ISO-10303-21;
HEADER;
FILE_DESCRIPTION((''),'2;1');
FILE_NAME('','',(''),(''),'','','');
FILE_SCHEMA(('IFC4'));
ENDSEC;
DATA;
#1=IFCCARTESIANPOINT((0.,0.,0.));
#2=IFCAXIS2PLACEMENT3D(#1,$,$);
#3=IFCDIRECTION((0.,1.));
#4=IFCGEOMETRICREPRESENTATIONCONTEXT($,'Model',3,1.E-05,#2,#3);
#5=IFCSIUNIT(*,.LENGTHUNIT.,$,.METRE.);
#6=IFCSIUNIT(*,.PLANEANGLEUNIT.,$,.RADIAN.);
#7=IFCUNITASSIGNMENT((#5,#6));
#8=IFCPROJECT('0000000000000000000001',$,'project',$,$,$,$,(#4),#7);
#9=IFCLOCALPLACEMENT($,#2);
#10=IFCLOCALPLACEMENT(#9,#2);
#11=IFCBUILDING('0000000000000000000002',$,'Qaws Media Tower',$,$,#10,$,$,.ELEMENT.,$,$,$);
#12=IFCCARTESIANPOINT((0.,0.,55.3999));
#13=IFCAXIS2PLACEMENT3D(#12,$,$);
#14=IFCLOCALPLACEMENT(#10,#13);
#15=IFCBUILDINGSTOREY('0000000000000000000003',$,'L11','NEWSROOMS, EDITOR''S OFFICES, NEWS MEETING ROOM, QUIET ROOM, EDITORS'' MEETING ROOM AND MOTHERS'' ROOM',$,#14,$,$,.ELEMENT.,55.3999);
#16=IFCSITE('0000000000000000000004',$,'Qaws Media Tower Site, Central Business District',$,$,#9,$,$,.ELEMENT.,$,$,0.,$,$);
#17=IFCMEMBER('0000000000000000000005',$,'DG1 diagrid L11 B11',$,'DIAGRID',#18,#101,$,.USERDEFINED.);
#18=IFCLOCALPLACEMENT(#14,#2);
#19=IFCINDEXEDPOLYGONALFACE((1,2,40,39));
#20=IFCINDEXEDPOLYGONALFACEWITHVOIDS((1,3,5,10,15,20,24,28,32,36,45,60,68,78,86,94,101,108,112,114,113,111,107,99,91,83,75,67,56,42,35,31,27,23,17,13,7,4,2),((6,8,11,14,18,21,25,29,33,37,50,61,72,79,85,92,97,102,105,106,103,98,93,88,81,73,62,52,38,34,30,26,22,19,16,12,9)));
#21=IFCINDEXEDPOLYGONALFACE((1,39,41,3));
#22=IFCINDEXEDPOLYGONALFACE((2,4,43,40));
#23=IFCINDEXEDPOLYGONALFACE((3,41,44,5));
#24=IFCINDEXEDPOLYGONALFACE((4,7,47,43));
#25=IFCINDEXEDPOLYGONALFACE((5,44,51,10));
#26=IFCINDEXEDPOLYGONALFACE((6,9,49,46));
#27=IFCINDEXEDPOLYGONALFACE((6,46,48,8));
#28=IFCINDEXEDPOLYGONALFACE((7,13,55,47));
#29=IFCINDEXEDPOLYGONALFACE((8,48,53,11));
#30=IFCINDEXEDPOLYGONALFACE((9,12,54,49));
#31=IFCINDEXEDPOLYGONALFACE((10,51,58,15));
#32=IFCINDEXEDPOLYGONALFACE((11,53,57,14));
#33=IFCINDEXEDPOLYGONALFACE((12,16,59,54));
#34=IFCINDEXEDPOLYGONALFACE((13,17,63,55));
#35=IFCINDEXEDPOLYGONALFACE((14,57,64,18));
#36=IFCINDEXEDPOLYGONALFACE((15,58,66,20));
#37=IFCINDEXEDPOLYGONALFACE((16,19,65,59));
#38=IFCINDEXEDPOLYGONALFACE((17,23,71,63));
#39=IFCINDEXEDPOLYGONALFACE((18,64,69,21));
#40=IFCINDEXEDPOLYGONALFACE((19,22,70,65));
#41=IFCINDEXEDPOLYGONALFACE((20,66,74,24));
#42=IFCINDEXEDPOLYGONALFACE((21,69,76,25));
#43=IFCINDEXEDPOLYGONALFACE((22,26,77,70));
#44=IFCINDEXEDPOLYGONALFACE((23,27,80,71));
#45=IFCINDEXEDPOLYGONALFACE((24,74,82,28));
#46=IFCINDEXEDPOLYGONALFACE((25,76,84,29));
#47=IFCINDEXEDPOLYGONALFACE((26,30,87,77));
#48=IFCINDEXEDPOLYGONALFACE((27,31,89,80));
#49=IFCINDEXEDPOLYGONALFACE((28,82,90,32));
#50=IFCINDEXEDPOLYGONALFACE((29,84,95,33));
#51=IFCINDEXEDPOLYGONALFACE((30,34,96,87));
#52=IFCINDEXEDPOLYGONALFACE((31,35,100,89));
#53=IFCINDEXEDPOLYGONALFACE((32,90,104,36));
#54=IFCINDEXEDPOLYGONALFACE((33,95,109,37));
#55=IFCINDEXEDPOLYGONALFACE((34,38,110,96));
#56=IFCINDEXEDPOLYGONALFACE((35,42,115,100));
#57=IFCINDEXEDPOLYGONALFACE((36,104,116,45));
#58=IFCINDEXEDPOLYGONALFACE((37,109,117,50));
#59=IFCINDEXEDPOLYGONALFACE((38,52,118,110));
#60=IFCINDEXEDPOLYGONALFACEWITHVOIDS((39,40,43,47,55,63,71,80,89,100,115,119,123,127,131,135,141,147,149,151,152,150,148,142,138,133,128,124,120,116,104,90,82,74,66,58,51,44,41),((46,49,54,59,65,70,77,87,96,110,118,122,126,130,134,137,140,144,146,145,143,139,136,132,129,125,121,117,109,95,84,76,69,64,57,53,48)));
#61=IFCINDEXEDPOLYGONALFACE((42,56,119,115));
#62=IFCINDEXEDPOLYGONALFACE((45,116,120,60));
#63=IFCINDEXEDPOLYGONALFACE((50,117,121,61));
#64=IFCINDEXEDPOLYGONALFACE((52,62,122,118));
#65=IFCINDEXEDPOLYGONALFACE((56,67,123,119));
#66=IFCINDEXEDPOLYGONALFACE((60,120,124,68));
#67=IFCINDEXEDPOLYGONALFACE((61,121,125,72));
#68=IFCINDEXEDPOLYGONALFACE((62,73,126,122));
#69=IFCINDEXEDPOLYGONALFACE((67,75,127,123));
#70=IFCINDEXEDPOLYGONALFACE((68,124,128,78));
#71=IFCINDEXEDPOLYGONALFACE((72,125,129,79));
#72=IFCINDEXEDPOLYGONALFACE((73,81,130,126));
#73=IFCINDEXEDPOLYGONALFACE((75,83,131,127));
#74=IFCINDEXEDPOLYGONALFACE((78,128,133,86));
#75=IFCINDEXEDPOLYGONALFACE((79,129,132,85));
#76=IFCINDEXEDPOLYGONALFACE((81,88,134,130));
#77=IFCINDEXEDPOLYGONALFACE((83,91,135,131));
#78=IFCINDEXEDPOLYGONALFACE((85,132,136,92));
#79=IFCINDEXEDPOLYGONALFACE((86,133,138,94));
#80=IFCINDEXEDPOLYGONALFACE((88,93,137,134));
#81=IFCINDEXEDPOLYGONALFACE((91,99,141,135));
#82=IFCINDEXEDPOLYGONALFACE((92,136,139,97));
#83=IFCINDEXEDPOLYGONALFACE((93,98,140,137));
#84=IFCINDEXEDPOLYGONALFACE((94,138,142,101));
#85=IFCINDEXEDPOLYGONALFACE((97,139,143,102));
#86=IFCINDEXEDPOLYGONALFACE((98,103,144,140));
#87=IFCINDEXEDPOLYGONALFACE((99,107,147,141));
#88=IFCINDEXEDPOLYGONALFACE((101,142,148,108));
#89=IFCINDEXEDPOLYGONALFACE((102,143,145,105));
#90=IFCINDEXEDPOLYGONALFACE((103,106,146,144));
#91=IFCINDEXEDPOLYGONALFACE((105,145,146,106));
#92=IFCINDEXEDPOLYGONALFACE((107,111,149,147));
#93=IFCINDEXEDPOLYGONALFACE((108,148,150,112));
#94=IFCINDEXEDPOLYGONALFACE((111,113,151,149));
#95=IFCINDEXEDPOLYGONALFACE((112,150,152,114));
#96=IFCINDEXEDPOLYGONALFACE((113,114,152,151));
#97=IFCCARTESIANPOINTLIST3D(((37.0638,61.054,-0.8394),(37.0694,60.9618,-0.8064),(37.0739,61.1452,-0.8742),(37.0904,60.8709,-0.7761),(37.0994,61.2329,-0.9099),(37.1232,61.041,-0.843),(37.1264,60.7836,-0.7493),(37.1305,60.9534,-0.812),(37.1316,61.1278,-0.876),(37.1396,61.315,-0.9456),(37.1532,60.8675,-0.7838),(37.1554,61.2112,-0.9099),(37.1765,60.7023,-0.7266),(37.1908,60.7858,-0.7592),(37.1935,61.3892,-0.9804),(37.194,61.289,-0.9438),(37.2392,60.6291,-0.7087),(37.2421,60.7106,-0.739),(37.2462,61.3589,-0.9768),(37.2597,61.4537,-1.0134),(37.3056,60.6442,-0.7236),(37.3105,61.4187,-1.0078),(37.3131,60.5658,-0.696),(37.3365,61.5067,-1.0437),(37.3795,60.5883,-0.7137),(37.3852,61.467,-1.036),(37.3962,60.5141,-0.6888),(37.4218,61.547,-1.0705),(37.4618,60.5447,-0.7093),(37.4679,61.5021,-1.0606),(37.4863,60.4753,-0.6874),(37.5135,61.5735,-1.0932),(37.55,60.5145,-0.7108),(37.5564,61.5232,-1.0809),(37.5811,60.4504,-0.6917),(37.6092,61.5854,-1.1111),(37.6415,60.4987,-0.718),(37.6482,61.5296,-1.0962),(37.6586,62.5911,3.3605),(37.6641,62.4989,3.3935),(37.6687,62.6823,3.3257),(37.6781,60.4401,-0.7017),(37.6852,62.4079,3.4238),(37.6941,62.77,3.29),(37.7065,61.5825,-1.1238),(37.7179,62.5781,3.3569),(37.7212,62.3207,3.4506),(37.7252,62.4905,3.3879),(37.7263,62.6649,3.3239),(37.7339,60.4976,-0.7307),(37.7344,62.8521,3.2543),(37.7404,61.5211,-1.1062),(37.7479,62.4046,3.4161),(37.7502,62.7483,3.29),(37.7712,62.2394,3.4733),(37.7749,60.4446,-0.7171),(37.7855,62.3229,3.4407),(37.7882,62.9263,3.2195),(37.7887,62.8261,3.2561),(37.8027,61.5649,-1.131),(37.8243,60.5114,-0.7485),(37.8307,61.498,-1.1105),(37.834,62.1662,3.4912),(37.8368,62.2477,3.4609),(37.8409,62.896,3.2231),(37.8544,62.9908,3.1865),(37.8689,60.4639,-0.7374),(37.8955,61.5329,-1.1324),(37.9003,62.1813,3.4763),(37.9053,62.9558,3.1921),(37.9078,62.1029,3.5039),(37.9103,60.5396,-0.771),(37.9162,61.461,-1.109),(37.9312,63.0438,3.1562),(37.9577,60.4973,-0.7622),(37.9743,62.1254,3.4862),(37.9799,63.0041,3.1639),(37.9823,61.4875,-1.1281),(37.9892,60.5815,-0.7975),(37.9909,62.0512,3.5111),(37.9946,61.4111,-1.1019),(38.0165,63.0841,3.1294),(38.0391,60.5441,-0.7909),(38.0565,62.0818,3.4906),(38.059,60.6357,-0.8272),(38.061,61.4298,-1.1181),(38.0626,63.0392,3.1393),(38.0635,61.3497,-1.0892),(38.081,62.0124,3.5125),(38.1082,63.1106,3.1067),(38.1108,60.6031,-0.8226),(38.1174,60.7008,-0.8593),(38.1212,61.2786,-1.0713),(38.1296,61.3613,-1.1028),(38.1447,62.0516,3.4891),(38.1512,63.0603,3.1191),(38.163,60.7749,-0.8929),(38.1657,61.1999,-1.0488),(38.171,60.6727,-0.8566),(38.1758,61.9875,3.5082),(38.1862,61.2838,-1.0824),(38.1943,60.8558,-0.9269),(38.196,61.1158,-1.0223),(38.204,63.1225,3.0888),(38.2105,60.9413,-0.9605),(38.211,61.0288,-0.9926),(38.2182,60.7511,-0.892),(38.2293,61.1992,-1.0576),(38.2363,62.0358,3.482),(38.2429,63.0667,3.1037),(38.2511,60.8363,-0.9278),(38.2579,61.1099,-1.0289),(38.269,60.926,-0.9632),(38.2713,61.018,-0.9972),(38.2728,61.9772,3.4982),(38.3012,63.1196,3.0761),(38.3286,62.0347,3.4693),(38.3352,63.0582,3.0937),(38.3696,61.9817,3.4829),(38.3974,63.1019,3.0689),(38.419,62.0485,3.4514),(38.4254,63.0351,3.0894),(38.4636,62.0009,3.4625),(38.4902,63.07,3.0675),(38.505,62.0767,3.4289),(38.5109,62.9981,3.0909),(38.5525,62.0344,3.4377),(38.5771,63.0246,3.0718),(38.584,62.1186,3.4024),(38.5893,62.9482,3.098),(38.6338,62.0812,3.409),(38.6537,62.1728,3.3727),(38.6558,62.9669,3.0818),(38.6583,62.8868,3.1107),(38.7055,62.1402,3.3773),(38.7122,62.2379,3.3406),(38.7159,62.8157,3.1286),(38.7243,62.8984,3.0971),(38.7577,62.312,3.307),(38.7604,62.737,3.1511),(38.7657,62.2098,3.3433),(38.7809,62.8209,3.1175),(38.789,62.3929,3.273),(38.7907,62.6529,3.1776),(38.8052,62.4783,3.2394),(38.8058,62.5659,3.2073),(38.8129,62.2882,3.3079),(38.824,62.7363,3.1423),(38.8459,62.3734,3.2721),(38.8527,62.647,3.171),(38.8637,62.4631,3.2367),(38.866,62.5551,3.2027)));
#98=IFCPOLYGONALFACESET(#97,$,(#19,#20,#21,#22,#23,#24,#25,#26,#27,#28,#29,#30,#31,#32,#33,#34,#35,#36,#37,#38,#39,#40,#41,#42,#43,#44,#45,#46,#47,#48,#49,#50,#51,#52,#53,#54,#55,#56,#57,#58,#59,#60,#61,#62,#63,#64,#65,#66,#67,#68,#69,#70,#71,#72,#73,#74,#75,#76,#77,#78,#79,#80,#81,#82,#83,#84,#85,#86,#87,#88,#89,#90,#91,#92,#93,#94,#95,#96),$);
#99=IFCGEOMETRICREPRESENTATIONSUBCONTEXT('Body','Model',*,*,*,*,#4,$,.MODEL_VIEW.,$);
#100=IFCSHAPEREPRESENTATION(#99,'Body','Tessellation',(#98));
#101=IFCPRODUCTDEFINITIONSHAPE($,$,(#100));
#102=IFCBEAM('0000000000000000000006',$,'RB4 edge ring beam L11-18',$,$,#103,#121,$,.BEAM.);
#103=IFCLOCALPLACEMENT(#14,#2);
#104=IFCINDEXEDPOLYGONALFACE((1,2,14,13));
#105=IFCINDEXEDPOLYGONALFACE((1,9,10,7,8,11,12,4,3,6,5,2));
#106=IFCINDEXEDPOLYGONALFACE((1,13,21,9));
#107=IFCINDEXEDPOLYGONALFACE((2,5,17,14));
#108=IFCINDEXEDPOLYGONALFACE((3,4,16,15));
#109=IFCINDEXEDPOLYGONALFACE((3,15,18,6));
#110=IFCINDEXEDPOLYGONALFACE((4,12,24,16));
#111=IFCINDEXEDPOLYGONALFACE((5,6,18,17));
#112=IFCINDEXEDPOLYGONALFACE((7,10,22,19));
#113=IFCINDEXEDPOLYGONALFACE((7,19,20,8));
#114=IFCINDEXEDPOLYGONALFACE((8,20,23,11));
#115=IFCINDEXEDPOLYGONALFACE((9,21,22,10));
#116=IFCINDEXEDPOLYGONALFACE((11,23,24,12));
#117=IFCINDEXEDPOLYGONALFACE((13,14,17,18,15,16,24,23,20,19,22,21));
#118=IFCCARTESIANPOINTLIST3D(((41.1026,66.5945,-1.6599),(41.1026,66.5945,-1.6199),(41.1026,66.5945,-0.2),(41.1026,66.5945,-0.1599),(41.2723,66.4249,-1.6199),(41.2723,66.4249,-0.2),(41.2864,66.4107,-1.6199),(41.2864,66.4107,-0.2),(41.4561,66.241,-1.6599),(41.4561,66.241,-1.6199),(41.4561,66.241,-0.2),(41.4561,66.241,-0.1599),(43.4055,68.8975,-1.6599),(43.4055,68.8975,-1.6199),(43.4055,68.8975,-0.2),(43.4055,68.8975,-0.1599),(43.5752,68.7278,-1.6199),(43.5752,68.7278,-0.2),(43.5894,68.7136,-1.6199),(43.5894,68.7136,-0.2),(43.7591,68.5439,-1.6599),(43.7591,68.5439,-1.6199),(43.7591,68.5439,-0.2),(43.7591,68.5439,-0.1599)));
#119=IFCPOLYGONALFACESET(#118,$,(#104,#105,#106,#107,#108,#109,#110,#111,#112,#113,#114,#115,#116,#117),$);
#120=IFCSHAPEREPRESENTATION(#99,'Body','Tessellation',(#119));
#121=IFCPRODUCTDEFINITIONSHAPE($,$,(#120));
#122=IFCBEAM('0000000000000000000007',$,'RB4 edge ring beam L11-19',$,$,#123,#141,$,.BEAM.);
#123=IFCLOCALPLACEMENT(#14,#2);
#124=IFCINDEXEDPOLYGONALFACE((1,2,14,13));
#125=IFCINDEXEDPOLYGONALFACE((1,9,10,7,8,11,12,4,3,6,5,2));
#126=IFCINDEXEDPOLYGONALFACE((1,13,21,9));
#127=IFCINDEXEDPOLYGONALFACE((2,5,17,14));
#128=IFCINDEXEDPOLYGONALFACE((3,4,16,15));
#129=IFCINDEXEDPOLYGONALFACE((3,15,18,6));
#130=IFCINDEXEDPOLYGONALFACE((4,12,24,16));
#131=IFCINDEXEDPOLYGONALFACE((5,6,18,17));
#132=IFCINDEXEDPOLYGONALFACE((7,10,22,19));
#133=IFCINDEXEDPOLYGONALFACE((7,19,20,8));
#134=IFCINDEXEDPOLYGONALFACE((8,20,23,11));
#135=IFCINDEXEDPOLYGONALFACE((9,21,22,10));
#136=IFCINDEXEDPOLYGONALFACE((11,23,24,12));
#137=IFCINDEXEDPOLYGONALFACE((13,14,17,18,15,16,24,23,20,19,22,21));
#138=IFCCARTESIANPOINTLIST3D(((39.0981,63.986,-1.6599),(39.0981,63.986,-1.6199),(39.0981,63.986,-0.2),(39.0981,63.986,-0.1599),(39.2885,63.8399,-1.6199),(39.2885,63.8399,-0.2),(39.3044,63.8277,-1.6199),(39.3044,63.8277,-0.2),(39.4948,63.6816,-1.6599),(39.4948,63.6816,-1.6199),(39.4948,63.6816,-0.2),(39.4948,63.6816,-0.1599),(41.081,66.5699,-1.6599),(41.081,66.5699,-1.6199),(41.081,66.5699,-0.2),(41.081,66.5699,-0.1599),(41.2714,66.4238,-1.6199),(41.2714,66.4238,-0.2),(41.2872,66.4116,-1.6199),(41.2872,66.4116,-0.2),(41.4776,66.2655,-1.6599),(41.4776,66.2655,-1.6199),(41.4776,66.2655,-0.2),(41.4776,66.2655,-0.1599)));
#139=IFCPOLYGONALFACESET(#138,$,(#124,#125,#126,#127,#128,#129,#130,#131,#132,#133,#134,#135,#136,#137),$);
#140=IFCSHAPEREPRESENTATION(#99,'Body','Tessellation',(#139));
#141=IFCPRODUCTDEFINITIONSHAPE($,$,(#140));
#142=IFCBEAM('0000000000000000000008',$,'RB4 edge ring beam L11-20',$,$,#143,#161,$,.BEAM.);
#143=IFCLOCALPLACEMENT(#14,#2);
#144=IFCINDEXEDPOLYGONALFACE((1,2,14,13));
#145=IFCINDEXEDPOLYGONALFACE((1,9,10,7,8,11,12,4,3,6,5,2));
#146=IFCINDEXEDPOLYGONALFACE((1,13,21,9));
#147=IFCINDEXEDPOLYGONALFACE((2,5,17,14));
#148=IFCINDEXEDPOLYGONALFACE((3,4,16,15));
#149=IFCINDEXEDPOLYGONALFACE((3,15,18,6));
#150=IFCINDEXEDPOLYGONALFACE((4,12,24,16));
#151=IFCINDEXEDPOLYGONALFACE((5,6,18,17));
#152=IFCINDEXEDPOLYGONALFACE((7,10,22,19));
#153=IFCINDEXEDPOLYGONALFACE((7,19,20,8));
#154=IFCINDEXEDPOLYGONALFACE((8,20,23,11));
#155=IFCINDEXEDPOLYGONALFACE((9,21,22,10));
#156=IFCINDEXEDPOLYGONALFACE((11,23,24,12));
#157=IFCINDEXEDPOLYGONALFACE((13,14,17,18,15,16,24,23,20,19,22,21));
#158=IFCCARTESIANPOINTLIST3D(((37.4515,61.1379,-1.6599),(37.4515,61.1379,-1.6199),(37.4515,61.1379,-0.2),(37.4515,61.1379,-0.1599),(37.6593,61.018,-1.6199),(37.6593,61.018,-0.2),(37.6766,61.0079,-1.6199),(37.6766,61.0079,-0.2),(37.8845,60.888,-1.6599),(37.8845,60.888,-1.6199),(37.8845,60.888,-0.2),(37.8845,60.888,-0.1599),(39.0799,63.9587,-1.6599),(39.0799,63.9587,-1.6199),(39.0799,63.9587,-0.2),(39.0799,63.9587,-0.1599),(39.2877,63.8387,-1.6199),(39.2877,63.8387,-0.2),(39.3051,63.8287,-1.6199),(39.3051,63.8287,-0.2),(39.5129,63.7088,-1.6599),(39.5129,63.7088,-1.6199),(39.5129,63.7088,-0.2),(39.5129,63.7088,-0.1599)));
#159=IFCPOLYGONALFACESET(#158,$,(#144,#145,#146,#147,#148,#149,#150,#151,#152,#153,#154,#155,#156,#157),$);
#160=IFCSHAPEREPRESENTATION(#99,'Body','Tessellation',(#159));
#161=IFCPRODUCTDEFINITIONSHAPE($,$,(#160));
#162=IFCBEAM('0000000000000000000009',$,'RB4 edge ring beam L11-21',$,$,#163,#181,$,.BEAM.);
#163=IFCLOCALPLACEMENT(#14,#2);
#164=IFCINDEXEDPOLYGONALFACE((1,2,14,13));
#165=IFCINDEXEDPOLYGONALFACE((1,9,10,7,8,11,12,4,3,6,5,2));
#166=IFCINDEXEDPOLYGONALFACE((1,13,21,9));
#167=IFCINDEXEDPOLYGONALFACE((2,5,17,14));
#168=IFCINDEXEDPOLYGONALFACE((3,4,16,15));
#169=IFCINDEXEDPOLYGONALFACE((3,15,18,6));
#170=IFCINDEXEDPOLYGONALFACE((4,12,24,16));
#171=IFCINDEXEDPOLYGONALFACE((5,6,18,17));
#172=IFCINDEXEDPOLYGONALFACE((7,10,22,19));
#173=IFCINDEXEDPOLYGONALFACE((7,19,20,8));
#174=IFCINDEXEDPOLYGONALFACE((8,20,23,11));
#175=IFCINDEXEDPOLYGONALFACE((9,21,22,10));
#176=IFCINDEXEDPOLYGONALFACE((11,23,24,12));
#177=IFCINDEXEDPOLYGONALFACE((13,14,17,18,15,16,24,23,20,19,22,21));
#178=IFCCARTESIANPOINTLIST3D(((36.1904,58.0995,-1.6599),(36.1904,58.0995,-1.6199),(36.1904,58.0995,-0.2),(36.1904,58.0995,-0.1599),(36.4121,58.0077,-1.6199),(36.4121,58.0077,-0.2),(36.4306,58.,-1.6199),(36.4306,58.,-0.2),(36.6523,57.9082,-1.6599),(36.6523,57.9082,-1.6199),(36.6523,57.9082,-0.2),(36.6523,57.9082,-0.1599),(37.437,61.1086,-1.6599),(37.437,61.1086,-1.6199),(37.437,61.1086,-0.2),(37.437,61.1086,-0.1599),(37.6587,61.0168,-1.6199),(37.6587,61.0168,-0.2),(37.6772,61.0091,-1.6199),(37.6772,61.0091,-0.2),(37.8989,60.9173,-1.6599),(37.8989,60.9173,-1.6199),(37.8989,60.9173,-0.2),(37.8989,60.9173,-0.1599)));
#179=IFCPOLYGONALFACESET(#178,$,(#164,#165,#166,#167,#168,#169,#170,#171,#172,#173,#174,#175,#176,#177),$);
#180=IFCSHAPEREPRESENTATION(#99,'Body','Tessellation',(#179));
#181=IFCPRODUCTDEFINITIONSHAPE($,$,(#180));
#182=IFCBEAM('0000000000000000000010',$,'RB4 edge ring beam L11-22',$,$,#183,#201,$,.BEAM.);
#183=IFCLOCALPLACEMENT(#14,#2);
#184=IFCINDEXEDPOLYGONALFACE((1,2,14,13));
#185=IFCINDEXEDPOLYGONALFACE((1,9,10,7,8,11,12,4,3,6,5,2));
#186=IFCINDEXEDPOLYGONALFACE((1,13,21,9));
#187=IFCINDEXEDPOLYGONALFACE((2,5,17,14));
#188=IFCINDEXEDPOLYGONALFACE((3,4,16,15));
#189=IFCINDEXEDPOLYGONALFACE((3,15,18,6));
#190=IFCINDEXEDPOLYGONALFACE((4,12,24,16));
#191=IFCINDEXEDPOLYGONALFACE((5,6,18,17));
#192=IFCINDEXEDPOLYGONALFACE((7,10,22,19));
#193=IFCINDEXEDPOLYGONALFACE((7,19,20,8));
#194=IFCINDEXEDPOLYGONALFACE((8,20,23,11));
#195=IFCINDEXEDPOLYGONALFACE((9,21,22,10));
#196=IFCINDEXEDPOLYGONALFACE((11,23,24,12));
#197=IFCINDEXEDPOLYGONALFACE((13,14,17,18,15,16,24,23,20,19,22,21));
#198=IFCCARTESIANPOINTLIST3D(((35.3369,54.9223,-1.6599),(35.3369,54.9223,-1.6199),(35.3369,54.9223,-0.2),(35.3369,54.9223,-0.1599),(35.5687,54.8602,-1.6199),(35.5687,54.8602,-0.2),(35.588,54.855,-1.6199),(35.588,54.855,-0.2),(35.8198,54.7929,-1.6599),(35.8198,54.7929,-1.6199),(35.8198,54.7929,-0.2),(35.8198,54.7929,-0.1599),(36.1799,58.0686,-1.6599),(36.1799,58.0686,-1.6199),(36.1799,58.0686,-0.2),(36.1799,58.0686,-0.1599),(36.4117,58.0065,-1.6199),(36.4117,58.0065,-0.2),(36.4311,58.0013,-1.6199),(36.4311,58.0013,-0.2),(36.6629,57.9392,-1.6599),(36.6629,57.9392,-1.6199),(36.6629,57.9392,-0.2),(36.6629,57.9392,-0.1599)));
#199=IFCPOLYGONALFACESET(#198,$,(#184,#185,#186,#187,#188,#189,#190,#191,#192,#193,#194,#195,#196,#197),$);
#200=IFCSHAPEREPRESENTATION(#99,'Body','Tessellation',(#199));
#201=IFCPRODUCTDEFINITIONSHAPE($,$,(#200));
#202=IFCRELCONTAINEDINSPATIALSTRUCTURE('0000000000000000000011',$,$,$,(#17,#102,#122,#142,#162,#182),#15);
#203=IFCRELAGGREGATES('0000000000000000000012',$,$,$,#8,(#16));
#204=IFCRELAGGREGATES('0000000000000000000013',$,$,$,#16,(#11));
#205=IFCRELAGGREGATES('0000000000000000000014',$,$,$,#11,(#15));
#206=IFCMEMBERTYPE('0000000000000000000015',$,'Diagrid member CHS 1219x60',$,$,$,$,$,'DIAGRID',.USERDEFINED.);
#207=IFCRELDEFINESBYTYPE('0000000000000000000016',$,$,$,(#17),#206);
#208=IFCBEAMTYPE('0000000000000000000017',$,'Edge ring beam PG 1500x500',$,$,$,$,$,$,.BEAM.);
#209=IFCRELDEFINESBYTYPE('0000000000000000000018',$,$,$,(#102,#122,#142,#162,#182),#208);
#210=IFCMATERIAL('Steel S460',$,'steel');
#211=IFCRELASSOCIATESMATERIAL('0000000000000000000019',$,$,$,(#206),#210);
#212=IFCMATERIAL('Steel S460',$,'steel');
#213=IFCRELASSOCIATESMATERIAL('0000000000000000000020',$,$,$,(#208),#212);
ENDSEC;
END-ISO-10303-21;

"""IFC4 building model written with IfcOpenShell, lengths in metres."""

from ifc_helpers import new_model, si_unit, direction, frame, origin, origin_2d, place, context, subcontext, project, spatial, hollow_circle, i_section, extrude, material, material_profile, profile_set, type_object, element, save


model = new_model("IFC4")

# Units and contexts
model_context = context("Model", 3, precision=1e-05, world=origin(), true_north=direction((0.0, 1.0)))
body_context = subcontext(model_context, "Body", "Model", "MODEL_VIEW")
ifc_project = project(units=[si_unit("LENGTHUNIT", "METRE"), si_unit("PLANEANGLEUNIT", "RADIAN")], contexts=[model_context])

# Site, building, storey
site_placement = place(None, origin())
site = spatial("IfcSite", under=ifc_project, at=site_placement, Name="Qaws Media Tower Site, Central Business District", CompositionType="ELEMENT", RefElevation=0.0)
building_placement = place(site_placement, origin())
building = spatial("IfcBuilding", under=site, at=building_placement, Name="Qaws Media Tower", CompositionType="ELEMENT")
storey_placement = place(building_placement, frame((0.0, 0.0, 55.3999)))
storey = spatial("IfcBuildingStorey", under=building, at=storey_placement, Name="L11", Description="NEWSROOMS, EDITOR'S OFFICES, NEWS MEETING ROOM, QUIET ROOM, EDITORS' MEETING ROOM AND MOTHERS' ROOM", CompositionType="ELEMENT", Elevation=55.3999)

# Member
ifc_material_1 = material(Name="Steel S460", Category="steel")
ifc_material_profile_1 = material_profile(ifc_material_1, hollow_circle(Radius=0.6096, WallThickness=0.0601, at=origin_2d()), Name="CHS 1219x60")
ifc_profile_set_1 = profile_set([ifc_material_profile_1], Name="Steel S460")
member_type_1 = type_object("IfcMemberType", Name="Diagrid member CHS 1219x60", ElementType="DIAGRID", PredefinedType="USERDEFINED", material=ifc_profile_set_1)
for number, where, z_axis, x_axis, name in (
    (1, (37.668, 61.0129, -0.9099), (0.131817, 0.340689, 0.930889), (-0.932626, 0.360844, 0.0), "DG1 diagrid L11 B11"),
):
    element("IfcMember", number, at=place(storey_placement, frame(where, z_axis=z_axis, x_axis=x_axis)), inside=storey, type_object=member_type_1, Name=name, ObjectType="DIAGRID", PredefinedType="USERDEFINED", context=body_context, shape_type="SweptSolid", body=[
        extrude(hollow_circle(Radius=0.6096, WallThickness=0.0601, at=origin_2d()), origin(), (0.0, 0.0, 1.0), 4.5117),
    ])

# Beams
ifc_material_2 = material(Name="Steel S460", Category="steel")
ifc_material_profile_2 = material_profile(ifc_material_2, i_section(OverallWidth=0.5, OverallDepth=1.5, WebThickness=0.02, FlangeThickness=0.04, at=origin_2d()), Name="PG 1500x500")
ifc_profile_set_2 = profile_set([ifc_material_profile_2], Name="Steel S460")
beam_type = type_object("IfcBeamType", Name="Edge ring beam PG 1500x500", PredefinedType="BEAM", material=ifc_profile_set_2)
beam_1_placement = place(storey_placement, frame((43.5823, 68.7207, -0.9099), z_axis=(-0.707107, -0.707107, 0.0), x_axis=(0.707107, -0.707107, 0.0)))
element("IfcBeam", 2, at=beam_1_placement, inside=storey, type_object=beam_type, Name="RB4 edge ring beam L11-18", PredefinedType="BEAM", context=body_context, shape_type="SweptSolid", body=[
    extrude(i_section(OverallWidth=0.5, OverallDepth=1.5, WebThickness=0.02, FlangeThickness=0.04, at=origin_2d()), origin(), (0.0, 0.0, 1.0), 3.2568),
])
for number, where, z_axis, x_axis, name in (
    (3, (41.2793, 66.4177, -0.9099), (-0.60879, -0.793331, 0.0), (0.793331, -0.60879, 0.0), "RB4 edge ring beam L11-19"),
    (4, (39.2964, 63.8337, -0.9099), (-0.49996, -0.866048, 0.0), (0.866048, -0.49996, 0.0), "RB4 edge ring beam L11-20"),
    (5, (37.668, 61.0129, -0.9099), (-0.382736, -0.923858, 0.0), (0.923858, -0.382736, 0.0), "RB4 edge ring beam L11-21"),
):
    element("IfcBeam", number, at=place(storey_placement, frame(where, z_axis=z_axis, x_axis=x_axis)), inside=storey, type_object=beam_type, Name=name, PredefinedType="BEAM", context=body_context, shape_type="SweptSolid", body=[
        extrude(i_section(OverallWidth=0.5, OverallDepth=1.5, WebThickness=0.02, FlangeThickness=0.04, at=origin_2d()), origin(), (0.0, 0.0, 1.0), 3.2571),
    ])
beam_2_placement = place(storey_placement, frame((36.4214, 58.0039, -0.9099), z_axis=(-0.258815, -0.965927, 0.0), x_axis=(0.965927, -0.258815, 0.0)))
element("IfcBeam", 6, at=beam_2_placement, inside=storey, type_object=beam_type, Name="RB4 edge ring beam L11-22", PredefinedType="BEAM", context=body_context, shape_type="SweptSolid", body=[
    extrude(i_section(OverallWidth=0.5, OverallDepth=1.5, WebThickness=0.02, FlangeThickness=0.04, at=origin_2d()), origin(), (0.0, 0.0, 1.0), 3.2573),
])

save(model, "model.ifc")
